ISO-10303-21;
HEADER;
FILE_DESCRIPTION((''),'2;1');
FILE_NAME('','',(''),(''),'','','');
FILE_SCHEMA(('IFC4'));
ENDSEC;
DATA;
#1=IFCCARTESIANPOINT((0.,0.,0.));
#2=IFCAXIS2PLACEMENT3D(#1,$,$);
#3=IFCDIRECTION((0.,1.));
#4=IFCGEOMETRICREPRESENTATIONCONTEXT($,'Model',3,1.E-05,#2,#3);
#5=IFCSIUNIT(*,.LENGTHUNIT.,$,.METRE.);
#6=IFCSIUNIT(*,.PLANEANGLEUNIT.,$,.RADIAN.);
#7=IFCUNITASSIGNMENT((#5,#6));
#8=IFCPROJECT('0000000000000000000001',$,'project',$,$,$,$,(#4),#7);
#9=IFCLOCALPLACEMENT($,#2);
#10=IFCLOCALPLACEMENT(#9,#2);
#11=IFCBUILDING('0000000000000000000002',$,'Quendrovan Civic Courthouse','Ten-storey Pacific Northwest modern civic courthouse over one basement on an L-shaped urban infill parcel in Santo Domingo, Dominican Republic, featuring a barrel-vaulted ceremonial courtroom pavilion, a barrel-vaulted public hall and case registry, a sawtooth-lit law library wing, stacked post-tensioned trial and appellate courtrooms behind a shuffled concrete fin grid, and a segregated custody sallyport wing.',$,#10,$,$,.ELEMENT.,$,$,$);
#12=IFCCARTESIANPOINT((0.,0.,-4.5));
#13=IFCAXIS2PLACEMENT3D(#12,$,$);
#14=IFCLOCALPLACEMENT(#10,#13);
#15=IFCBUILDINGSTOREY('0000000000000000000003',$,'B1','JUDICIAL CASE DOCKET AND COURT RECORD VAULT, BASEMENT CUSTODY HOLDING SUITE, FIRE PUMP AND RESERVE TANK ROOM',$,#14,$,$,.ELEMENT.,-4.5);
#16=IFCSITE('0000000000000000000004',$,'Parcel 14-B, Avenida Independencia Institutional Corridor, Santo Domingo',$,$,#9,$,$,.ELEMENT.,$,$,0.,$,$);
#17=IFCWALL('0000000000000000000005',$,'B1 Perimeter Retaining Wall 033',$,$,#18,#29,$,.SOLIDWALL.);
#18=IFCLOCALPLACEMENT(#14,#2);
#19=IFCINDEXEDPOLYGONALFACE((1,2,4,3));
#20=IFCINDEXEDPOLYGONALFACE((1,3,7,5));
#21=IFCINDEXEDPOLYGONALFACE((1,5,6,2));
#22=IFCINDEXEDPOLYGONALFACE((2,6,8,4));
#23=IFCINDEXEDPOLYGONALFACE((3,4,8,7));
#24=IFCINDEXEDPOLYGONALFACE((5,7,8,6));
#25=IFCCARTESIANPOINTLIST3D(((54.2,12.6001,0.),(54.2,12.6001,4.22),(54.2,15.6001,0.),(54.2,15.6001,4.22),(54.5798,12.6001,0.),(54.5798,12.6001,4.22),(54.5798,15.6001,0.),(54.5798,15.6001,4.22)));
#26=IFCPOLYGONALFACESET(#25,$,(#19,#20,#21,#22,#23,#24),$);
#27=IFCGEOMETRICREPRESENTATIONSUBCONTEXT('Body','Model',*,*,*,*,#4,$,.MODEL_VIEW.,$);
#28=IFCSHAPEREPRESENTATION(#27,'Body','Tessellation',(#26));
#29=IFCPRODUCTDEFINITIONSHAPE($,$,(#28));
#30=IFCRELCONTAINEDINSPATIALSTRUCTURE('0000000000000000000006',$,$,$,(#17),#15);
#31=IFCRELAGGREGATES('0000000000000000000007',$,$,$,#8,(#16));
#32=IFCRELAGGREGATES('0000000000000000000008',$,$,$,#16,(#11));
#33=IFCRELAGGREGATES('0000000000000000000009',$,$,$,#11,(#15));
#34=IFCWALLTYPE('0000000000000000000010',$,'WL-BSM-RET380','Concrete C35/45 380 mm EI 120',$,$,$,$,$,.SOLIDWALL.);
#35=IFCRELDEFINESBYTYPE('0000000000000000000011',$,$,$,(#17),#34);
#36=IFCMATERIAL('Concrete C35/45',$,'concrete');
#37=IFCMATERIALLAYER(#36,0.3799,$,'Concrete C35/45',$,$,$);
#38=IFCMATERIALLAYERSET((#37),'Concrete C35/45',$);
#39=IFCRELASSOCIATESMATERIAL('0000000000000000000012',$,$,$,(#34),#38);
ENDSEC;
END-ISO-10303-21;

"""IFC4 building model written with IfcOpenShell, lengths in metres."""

from ifc_helpers import new_model, si_unit, direction, frame, frame_2d, origin, place, context, subcontext, project, spatial, rectangle, extrude, material, layer, layer_set, type_object, element, save


model = new_model("IFC4")

# Units and contexts
model_context = context("Model", 3, precision=1e-05, world=origin(), true_north=direction((0.0, 1.0)))
body_context = subcontext(model_context, "Body", "Model", "MODEL_VIEW")
ifc_project = project(units=[si_unit("LENGTHUNIT", "METRE"), si_unit("PLANEANGLEUNIT", "RADIAN")], contexts=[model_context])

# Site, building, storey
site_placement = place(None, origin())
site = spatial("IfcSite", under=ifc_project, at=site_placement, Name="Parcel 14-B, Avenida Independencia Institutional Corridor, Santo Domingo", CompositionType="ELEMENT", RefElevation=0.0)
building_placement = place(site_placement, origin())
building = spatial("IfcBuilding", under=site, at=building_placement, Name="Quendrovan Civic Courthouse", Description="Ten-storey Pacific Northwest modern civic courthouse over one basement on an L-shaped urban infill parcel in Santo Domingo, Dominican Republic, featuring a barrel-vaulted ceremonial courtroom pavilion, a barrel-vaulted public hall and case registry, a sawtooth-lit law library wing, stacked post-tensioned trial and appellate courtrooms behind a shuffled concrete fin grid, and a segregated custody sallyport wing.", CompositionType="ELEMENT")
storey_placement = place(building_placement, frame((0.0, 0.0, -4.5)))
storey = spatial("IfcBuildingStorey", under=building, at=storey_placement, Name="B1", Description="JUDICIAL CASE DOCKET AND COURT RECORD VAULT, BASEMENT CUSTODY HOLDING SUITE, FIRE PUMP AND RESERVE TANK ROOM", CompositionType="ELEMENT", Elevation=-4.5)

# Shared definitions
ifc_material_1 = material(Name="Concrete C35/45", Category="concrete")

# Wall
ifc_layer = layer(ifc_material_1, 0.3799, Name="Concrete C35/45")
ifc_layer_set = layer_set([ifc_layer], Name="Concrete C35/45")
wall_type = type_object("IfcWallType", Name="WL-BSM-RET380", Description="Concrete C35/45 380 mm EI 120", PredefinedType="SOLIDWALL", material=ifc_layer_set)
wall_placement = place(storey_placement, frame((54.3899, 15.6001, 0.0), z_axis=(0.0, 0.0, 1.0), x_axis=(0.0, -1.0, 0.0)))
element("IfcWall", 1, at=wall_placement, inside=storey, type_object=wall_type, Name="B1 Perimeter Retaining Wall 033", PredefinedType="SOLIDWALL", context=body_context, shape_type="SweptSolid", body=[
    extrude(rectangle(XDim=3.0, YDim=0.3799, at=frame_2d((1.5, 0.0))), origin(), (0.0, 0.0, 1.0), 4.22),
])

save(model, "model.ifc")
